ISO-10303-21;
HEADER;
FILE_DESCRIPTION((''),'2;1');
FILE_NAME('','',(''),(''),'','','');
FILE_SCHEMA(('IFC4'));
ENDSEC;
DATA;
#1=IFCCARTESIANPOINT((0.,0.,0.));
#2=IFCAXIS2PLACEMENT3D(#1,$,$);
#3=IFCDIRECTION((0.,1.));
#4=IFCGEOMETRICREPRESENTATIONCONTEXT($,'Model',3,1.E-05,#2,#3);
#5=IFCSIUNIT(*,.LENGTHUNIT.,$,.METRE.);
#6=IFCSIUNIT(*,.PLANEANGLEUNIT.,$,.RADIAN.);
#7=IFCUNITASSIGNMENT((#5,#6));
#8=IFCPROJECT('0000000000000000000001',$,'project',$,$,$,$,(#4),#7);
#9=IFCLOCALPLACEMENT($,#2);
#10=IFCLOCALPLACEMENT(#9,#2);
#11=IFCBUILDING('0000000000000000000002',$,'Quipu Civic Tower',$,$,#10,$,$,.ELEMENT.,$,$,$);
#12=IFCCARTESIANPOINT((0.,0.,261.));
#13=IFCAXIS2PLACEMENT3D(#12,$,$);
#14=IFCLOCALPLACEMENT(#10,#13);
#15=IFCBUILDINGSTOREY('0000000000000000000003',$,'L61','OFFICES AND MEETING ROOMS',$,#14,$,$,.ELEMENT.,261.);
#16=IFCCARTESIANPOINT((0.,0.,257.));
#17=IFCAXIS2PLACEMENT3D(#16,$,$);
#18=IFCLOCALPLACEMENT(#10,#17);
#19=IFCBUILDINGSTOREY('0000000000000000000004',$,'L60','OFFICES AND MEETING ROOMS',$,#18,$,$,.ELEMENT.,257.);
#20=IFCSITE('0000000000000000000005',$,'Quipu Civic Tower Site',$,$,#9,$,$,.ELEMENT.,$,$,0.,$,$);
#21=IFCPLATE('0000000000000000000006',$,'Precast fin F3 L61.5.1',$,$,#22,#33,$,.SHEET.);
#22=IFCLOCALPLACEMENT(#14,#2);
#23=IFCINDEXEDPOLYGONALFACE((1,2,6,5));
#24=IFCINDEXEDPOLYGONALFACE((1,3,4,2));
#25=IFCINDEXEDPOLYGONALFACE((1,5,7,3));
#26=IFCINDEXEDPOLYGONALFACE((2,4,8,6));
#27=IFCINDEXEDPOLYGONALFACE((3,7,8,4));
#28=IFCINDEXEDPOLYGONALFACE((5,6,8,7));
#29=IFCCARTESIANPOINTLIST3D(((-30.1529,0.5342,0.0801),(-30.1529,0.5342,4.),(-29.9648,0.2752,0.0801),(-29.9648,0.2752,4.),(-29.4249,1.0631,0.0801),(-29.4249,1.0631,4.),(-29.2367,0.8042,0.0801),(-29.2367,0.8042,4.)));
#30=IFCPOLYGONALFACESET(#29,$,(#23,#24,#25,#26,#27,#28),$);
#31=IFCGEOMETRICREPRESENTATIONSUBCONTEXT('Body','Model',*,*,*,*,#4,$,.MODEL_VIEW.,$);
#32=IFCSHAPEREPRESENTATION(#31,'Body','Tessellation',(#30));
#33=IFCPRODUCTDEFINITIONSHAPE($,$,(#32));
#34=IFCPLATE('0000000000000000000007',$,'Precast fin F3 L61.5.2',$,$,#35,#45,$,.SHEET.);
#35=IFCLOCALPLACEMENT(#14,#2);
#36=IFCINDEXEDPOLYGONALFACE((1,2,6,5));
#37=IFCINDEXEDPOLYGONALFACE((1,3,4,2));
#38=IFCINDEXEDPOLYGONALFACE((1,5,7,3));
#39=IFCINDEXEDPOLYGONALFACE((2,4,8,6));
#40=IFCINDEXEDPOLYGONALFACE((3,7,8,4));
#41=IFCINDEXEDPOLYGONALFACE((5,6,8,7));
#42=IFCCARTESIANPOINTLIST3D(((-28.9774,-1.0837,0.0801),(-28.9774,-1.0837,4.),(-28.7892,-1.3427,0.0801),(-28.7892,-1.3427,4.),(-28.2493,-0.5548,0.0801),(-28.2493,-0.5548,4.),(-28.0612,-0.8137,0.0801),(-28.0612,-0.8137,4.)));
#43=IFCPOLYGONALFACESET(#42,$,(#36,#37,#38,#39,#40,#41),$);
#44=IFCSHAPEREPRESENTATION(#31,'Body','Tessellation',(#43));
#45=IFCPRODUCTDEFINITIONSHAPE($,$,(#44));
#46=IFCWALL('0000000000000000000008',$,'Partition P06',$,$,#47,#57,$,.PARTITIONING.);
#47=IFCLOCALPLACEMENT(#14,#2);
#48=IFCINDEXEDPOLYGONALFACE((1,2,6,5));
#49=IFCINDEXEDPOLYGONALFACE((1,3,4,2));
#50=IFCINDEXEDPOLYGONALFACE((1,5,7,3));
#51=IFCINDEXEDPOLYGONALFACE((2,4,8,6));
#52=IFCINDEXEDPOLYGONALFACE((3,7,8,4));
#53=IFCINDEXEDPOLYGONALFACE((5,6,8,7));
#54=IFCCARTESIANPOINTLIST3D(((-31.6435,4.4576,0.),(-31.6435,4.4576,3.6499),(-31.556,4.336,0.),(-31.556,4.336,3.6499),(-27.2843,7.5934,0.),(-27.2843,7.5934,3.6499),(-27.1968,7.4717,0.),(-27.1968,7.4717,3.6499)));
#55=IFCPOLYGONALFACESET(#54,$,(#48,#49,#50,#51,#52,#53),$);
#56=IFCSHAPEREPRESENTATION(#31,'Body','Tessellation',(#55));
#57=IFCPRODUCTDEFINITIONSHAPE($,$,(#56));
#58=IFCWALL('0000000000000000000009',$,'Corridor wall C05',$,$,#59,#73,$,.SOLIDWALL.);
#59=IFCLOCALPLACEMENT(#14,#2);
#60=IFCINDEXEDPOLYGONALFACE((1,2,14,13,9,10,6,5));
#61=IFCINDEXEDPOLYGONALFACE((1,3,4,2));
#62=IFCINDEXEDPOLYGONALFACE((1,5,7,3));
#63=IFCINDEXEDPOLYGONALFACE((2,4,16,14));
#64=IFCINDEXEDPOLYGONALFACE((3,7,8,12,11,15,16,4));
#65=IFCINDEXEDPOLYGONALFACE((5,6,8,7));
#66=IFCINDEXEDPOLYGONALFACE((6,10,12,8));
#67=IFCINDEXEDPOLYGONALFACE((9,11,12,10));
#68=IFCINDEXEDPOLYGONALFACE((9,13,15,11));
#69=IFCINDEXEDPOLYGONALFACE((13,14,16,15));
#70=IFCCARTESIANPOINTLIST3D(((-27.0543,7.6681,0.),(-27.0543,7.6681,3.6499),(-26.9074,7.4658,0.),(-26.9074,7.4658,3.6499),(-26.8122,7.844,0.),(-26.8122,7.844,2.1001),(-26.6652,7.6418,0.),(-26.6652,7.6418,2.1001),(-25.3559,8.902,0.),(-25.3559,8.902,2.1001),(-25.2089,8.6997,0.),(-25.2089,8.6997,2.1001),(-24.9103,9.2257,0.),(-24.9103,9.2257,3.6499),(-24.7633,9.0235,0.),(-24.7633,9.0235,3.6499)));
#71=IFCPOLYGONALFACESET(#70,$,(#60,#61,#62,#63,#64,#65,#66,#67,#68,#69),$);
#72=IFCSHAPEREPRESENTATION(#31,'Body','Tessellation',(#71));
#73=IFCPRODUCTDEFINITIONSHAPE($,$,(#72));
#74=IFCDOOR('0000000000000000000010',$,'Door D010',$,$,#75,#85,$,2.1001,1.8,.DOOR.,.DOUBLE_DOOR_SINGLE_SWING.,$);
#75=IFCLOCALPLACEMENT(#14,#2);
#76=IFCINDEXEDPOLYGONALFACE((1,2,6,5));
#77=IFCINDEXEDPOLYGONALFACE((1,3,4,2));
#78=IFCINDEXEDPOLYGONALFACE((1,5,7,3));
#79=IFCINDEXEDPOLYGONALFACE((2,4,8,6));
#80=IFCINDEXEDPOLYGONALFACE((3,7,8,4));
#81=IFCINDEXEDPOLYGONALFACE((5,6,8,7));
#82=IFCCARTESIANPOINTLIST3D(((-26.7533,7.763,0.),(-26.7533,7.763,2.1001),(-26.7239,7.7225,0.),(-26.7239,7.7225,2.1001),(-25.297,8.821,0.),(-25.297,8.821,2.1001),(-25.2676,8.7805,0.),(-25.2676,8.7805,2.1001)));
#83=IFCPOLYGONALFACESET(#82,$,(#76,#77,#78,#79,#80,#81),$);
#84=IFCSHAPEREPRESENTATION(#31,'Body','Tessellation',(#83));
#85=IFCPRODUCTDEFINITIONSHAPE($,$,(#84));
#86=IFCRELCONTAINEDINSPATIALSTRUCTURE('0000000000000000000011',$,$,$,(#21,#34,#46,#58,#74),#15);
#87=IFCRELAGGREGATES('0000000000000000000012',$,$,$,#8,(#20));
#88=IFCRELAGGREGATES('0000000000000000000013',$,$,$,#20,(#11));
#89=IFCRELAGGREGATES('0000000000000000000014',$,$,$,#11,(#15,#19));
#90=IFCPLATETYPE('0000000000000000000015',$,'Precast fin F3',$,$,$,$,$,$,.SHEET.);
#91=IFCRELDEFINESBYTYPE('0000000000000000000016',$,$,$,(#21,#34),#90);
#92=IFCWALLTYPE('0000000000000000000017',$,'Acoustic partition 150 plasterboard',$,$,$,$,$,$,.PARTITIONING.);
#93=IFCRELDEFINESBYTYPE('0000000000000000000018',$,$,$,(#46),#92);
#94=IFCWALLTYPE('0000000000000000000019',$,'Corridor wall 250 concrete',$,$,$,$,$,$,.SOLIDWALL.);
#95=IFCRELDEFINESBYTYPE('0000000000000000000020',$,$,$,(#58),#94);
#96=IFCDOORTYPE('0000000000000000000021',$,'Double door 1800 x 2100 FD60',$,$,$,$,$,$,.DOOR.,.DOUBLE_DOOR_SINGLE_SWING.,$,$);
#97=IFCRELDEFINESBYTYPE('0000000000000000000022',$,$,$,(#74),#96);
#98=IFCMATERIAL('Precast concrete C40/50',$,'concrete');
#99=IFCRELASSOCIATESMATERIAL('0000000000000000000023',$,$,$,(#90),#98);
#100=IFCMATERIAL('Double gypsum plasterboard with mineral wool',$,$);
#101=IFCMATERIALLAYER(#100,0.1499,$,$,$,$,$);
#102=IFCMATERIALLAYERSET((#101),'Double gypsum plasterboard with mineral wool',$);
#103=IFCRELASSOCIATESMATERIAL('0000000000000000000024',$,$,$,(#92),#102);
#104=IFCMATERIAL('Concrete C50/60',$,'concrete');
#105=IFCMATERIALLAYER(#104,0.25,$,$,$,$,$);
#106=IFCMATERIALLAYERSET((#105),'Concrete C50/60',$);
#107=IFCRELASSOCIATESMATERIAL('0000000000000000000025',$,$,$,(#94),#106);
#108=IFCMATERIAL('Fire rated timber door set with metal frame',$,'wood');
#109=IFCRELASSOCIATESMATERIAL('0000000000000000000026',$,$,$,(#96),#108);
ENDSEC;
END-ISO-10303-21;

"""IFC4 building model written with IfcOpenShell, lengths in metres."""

from ifc_helpers import new_model, si_unit, direction, frame, frame_2d, origin, origin_2d, place, context, subcontext, project, spatial, rectangle, extrude, material, layer, layer_set, type_object, element, fill, save


model = new_model("IFC4")

# Units and contexts
model_context = context("Model", 3, precision=1e-05, world=origin(), true_north=direction((0.0, 1.0)))
body_context = subcontext(model_context, "Body", "Model", "MODEL_VIEW")
ifc_project = project(units=[si_unit("LENGTHUNIT", "METRE"), si_unit("PLANEANGLEUNIT", "RADIAN")], contexts=[model_context])

# Site, building, storey
site_placement = place(None, origin())
site = spatial("IfcSite", under=ifc_project, at=site_placement, Name="Quipu Civic Tower Site", CompositionType="ELEMENT", RefElevation=0.0)
building_placement = place(site_placement, origin())
building = spatial("IfcBuilding", under=site, at=building_placement, Name="Quipu Civic Tower", CompositionType="ELEMENT")
storey_1_placement = place(building_placement, frame((0.0, 0.0, 261.0)))
storey_1 = spatial("IfcBuildingStorey", under=building, at=storey_1_placement, Name="L61", Description="OFFICES AND MEETING ROOMS", CompositionType="ELEMENT", Elevation=261.0)

# Shared definitions
storey_2_placement = place(building_placement, frame((0.0, 0.0, 257.0)))
storey_2 = spatial("IfcBuildingStorey", under=building, at=storey_2_placement, Name="L60", Description="OFFICES AND MEETING ROOMS", CompositionType="ELEMENT", Elevation=257.0)

# Plates
ifc_material_1 = material(Name="Precast concrete C40/50", Category="concrete")
plate_type_1 = type_object("IfcPlateType", Name="Precast fin F3", PredefinedType="SHEET", material=ifc_material_1)
for number, where, z_axis, x_axis, name in (
    (1, (-29.6948, 0.6692, 0.0801), (0.0, 0.0, 1.0), (0.587791, -0.809013, 0.0), "Precast fin F3 L61.5.1"),
    (2, (-28.5193, -0.9487, 0.0801), (0.0, 0.0, 1.0), (0.587791, -0.809013, 0.0), "Precast fin F3 L61.5.2"),
):
    element("IfcPlate", number, at=place(storey_1_placement, frame(where, z_axis=z_axis, x_axis=x_axis)), inside=storey_1, type_object=plate_type_1, Name=name, PredefinedType="SHEET", context=body_context, shape_type="SweptSolid", body=[
        extrude(rectangle(XDim=0.3201, YDim=0.8999, at=origin_2d()), origin(), (0.0, 0.0, 1.0), 3.9199),
    ])

# Wall
ifc_material_2 = material(Name="Double gypsum plasterboard with mineral wool")
ifc_layer_1 = layer(ifc_material_2, 0.1499)
ifc_layer_set_1 = layer_set([ifc_layer_1], Name="Double gypsum plasterboard with mineral wool")
wall_type_1 = type_object("IfcWallType", Name="Acoustic partition 150 plasterboard", PredefinedType="PARTITIONING", material=ifc_layer_set_1)
wall_1_placement = place(storey_1_placement, frame((-31.5999, 4.3967, 0.0), z_axis=(0.0, 0.0, 1.0), x_axis=(0.811784, 0.583957, 0.0)))
element("IfcWall", 3, at=wall_1_placement, inside=storey_1, type_object=wall_type_1, Name="Partition P06", PredefinedType="PARTITIONING", context=body_context, shape_type="SweptSolid", body=[
    extrude(rectangle(XDim=5.3699, YDim=0.1499, at=frame_2d((2.6851, 0.0))), origin(), (0.0, 0.0, 1.0), 3.6499),
])

# Wall, opening, door
ifc_material_3 = material(Name="Concrete C50/60", Category="concrete")
ifc_layer_2 = layer(ifc_material_3, 0.25)
ifc_layer_set_2 = layer_set([ifc_layer_2], Name="Concrete C50/60")
wall_type_2 = type_object("IfcWallType", Name="Corridor wall 250 concrete", PredefinedType="SOLIDWALL", material=ifc_layer_set_2)
wall_2_placement = place(storey_1_placement, frame((-26.981, 7.5669, 0.0), z_axis=(0.0, 0.0, 1.0), x_axis=(0.809039, 0.587755, 0.0)))
wall_2 = element("IfcWall", 4, at=wall_2_placement, inside=storey_1, type_object=wall_type_2, Name="Corridor wall C05", PredefinedType="SOLIDWALL", context=body_context, shape_type="SweptSolid", body=[
    extrude(rectangle(XDim=2.6501, YDim=0.25, at=frame_2d((1.3252, 0.0))), origin(), (0.0, 0.0, 1.0), 3.6499),
])
opening_1_placement = place(wall_2_placement, frame((0.2996, 0.0, 0.0)))
opening_1 = element("IfcOpeningElement", 5, at=opening_1_placement, cuts=wall_2, PredefinedType="OPENING", context=body_context, shape_type="SweptSolid", body=[
    extrude(rectangle(XDim=1.8, YDim=2.1001, at=frame_2d((0.8999, 1.05))), frame((0.0, 0.135, 0.0), z_axis=(0.0, -1.0, 0.0), x_axis=(1.0, 0.0, 0.0)), (0.0, 0.0, 1.0), 0.27),
])
ifc_material_4 = material(Name="Fire rated timber door set with metal frame", Category="wood")
door_type_1 = type_object("IfcDoorType", Name="Double door 1800 x 2100 FD60", OperationType="DOUBLE_DOOR_SINGLE_SWING", PredefinedType="DOOR", material=ifc_material_4)
door_1_placement = place(opening_1_placement, origin())
door_1 = element("IfcDoor", 6, at=door_1_placement, inside=storey_1, type_object=door_type_1, Name="Door D010", OperationType="DOUBLE_DOOR_SINGLE_SWING", OverallHeight=2.1001, OverallWidth=1.8, PredefinedType="DOOR", context=body_context, shape_type="SweptSolid", body=[
    extrude(rectangle(XDim=1.8, YDim=2.1001, at=frame_2d((0.8999, 1.05))), frame((0.0, 0.0249, 0.0), z_axis=(0.0, -1.0, 0.0), x_axis=(1.0, 0.0, 0.0)), (0.0, 0.0, 1.0), 0.05),
])
fill(opening_1, door_1)

save(model, "model.ifc")
